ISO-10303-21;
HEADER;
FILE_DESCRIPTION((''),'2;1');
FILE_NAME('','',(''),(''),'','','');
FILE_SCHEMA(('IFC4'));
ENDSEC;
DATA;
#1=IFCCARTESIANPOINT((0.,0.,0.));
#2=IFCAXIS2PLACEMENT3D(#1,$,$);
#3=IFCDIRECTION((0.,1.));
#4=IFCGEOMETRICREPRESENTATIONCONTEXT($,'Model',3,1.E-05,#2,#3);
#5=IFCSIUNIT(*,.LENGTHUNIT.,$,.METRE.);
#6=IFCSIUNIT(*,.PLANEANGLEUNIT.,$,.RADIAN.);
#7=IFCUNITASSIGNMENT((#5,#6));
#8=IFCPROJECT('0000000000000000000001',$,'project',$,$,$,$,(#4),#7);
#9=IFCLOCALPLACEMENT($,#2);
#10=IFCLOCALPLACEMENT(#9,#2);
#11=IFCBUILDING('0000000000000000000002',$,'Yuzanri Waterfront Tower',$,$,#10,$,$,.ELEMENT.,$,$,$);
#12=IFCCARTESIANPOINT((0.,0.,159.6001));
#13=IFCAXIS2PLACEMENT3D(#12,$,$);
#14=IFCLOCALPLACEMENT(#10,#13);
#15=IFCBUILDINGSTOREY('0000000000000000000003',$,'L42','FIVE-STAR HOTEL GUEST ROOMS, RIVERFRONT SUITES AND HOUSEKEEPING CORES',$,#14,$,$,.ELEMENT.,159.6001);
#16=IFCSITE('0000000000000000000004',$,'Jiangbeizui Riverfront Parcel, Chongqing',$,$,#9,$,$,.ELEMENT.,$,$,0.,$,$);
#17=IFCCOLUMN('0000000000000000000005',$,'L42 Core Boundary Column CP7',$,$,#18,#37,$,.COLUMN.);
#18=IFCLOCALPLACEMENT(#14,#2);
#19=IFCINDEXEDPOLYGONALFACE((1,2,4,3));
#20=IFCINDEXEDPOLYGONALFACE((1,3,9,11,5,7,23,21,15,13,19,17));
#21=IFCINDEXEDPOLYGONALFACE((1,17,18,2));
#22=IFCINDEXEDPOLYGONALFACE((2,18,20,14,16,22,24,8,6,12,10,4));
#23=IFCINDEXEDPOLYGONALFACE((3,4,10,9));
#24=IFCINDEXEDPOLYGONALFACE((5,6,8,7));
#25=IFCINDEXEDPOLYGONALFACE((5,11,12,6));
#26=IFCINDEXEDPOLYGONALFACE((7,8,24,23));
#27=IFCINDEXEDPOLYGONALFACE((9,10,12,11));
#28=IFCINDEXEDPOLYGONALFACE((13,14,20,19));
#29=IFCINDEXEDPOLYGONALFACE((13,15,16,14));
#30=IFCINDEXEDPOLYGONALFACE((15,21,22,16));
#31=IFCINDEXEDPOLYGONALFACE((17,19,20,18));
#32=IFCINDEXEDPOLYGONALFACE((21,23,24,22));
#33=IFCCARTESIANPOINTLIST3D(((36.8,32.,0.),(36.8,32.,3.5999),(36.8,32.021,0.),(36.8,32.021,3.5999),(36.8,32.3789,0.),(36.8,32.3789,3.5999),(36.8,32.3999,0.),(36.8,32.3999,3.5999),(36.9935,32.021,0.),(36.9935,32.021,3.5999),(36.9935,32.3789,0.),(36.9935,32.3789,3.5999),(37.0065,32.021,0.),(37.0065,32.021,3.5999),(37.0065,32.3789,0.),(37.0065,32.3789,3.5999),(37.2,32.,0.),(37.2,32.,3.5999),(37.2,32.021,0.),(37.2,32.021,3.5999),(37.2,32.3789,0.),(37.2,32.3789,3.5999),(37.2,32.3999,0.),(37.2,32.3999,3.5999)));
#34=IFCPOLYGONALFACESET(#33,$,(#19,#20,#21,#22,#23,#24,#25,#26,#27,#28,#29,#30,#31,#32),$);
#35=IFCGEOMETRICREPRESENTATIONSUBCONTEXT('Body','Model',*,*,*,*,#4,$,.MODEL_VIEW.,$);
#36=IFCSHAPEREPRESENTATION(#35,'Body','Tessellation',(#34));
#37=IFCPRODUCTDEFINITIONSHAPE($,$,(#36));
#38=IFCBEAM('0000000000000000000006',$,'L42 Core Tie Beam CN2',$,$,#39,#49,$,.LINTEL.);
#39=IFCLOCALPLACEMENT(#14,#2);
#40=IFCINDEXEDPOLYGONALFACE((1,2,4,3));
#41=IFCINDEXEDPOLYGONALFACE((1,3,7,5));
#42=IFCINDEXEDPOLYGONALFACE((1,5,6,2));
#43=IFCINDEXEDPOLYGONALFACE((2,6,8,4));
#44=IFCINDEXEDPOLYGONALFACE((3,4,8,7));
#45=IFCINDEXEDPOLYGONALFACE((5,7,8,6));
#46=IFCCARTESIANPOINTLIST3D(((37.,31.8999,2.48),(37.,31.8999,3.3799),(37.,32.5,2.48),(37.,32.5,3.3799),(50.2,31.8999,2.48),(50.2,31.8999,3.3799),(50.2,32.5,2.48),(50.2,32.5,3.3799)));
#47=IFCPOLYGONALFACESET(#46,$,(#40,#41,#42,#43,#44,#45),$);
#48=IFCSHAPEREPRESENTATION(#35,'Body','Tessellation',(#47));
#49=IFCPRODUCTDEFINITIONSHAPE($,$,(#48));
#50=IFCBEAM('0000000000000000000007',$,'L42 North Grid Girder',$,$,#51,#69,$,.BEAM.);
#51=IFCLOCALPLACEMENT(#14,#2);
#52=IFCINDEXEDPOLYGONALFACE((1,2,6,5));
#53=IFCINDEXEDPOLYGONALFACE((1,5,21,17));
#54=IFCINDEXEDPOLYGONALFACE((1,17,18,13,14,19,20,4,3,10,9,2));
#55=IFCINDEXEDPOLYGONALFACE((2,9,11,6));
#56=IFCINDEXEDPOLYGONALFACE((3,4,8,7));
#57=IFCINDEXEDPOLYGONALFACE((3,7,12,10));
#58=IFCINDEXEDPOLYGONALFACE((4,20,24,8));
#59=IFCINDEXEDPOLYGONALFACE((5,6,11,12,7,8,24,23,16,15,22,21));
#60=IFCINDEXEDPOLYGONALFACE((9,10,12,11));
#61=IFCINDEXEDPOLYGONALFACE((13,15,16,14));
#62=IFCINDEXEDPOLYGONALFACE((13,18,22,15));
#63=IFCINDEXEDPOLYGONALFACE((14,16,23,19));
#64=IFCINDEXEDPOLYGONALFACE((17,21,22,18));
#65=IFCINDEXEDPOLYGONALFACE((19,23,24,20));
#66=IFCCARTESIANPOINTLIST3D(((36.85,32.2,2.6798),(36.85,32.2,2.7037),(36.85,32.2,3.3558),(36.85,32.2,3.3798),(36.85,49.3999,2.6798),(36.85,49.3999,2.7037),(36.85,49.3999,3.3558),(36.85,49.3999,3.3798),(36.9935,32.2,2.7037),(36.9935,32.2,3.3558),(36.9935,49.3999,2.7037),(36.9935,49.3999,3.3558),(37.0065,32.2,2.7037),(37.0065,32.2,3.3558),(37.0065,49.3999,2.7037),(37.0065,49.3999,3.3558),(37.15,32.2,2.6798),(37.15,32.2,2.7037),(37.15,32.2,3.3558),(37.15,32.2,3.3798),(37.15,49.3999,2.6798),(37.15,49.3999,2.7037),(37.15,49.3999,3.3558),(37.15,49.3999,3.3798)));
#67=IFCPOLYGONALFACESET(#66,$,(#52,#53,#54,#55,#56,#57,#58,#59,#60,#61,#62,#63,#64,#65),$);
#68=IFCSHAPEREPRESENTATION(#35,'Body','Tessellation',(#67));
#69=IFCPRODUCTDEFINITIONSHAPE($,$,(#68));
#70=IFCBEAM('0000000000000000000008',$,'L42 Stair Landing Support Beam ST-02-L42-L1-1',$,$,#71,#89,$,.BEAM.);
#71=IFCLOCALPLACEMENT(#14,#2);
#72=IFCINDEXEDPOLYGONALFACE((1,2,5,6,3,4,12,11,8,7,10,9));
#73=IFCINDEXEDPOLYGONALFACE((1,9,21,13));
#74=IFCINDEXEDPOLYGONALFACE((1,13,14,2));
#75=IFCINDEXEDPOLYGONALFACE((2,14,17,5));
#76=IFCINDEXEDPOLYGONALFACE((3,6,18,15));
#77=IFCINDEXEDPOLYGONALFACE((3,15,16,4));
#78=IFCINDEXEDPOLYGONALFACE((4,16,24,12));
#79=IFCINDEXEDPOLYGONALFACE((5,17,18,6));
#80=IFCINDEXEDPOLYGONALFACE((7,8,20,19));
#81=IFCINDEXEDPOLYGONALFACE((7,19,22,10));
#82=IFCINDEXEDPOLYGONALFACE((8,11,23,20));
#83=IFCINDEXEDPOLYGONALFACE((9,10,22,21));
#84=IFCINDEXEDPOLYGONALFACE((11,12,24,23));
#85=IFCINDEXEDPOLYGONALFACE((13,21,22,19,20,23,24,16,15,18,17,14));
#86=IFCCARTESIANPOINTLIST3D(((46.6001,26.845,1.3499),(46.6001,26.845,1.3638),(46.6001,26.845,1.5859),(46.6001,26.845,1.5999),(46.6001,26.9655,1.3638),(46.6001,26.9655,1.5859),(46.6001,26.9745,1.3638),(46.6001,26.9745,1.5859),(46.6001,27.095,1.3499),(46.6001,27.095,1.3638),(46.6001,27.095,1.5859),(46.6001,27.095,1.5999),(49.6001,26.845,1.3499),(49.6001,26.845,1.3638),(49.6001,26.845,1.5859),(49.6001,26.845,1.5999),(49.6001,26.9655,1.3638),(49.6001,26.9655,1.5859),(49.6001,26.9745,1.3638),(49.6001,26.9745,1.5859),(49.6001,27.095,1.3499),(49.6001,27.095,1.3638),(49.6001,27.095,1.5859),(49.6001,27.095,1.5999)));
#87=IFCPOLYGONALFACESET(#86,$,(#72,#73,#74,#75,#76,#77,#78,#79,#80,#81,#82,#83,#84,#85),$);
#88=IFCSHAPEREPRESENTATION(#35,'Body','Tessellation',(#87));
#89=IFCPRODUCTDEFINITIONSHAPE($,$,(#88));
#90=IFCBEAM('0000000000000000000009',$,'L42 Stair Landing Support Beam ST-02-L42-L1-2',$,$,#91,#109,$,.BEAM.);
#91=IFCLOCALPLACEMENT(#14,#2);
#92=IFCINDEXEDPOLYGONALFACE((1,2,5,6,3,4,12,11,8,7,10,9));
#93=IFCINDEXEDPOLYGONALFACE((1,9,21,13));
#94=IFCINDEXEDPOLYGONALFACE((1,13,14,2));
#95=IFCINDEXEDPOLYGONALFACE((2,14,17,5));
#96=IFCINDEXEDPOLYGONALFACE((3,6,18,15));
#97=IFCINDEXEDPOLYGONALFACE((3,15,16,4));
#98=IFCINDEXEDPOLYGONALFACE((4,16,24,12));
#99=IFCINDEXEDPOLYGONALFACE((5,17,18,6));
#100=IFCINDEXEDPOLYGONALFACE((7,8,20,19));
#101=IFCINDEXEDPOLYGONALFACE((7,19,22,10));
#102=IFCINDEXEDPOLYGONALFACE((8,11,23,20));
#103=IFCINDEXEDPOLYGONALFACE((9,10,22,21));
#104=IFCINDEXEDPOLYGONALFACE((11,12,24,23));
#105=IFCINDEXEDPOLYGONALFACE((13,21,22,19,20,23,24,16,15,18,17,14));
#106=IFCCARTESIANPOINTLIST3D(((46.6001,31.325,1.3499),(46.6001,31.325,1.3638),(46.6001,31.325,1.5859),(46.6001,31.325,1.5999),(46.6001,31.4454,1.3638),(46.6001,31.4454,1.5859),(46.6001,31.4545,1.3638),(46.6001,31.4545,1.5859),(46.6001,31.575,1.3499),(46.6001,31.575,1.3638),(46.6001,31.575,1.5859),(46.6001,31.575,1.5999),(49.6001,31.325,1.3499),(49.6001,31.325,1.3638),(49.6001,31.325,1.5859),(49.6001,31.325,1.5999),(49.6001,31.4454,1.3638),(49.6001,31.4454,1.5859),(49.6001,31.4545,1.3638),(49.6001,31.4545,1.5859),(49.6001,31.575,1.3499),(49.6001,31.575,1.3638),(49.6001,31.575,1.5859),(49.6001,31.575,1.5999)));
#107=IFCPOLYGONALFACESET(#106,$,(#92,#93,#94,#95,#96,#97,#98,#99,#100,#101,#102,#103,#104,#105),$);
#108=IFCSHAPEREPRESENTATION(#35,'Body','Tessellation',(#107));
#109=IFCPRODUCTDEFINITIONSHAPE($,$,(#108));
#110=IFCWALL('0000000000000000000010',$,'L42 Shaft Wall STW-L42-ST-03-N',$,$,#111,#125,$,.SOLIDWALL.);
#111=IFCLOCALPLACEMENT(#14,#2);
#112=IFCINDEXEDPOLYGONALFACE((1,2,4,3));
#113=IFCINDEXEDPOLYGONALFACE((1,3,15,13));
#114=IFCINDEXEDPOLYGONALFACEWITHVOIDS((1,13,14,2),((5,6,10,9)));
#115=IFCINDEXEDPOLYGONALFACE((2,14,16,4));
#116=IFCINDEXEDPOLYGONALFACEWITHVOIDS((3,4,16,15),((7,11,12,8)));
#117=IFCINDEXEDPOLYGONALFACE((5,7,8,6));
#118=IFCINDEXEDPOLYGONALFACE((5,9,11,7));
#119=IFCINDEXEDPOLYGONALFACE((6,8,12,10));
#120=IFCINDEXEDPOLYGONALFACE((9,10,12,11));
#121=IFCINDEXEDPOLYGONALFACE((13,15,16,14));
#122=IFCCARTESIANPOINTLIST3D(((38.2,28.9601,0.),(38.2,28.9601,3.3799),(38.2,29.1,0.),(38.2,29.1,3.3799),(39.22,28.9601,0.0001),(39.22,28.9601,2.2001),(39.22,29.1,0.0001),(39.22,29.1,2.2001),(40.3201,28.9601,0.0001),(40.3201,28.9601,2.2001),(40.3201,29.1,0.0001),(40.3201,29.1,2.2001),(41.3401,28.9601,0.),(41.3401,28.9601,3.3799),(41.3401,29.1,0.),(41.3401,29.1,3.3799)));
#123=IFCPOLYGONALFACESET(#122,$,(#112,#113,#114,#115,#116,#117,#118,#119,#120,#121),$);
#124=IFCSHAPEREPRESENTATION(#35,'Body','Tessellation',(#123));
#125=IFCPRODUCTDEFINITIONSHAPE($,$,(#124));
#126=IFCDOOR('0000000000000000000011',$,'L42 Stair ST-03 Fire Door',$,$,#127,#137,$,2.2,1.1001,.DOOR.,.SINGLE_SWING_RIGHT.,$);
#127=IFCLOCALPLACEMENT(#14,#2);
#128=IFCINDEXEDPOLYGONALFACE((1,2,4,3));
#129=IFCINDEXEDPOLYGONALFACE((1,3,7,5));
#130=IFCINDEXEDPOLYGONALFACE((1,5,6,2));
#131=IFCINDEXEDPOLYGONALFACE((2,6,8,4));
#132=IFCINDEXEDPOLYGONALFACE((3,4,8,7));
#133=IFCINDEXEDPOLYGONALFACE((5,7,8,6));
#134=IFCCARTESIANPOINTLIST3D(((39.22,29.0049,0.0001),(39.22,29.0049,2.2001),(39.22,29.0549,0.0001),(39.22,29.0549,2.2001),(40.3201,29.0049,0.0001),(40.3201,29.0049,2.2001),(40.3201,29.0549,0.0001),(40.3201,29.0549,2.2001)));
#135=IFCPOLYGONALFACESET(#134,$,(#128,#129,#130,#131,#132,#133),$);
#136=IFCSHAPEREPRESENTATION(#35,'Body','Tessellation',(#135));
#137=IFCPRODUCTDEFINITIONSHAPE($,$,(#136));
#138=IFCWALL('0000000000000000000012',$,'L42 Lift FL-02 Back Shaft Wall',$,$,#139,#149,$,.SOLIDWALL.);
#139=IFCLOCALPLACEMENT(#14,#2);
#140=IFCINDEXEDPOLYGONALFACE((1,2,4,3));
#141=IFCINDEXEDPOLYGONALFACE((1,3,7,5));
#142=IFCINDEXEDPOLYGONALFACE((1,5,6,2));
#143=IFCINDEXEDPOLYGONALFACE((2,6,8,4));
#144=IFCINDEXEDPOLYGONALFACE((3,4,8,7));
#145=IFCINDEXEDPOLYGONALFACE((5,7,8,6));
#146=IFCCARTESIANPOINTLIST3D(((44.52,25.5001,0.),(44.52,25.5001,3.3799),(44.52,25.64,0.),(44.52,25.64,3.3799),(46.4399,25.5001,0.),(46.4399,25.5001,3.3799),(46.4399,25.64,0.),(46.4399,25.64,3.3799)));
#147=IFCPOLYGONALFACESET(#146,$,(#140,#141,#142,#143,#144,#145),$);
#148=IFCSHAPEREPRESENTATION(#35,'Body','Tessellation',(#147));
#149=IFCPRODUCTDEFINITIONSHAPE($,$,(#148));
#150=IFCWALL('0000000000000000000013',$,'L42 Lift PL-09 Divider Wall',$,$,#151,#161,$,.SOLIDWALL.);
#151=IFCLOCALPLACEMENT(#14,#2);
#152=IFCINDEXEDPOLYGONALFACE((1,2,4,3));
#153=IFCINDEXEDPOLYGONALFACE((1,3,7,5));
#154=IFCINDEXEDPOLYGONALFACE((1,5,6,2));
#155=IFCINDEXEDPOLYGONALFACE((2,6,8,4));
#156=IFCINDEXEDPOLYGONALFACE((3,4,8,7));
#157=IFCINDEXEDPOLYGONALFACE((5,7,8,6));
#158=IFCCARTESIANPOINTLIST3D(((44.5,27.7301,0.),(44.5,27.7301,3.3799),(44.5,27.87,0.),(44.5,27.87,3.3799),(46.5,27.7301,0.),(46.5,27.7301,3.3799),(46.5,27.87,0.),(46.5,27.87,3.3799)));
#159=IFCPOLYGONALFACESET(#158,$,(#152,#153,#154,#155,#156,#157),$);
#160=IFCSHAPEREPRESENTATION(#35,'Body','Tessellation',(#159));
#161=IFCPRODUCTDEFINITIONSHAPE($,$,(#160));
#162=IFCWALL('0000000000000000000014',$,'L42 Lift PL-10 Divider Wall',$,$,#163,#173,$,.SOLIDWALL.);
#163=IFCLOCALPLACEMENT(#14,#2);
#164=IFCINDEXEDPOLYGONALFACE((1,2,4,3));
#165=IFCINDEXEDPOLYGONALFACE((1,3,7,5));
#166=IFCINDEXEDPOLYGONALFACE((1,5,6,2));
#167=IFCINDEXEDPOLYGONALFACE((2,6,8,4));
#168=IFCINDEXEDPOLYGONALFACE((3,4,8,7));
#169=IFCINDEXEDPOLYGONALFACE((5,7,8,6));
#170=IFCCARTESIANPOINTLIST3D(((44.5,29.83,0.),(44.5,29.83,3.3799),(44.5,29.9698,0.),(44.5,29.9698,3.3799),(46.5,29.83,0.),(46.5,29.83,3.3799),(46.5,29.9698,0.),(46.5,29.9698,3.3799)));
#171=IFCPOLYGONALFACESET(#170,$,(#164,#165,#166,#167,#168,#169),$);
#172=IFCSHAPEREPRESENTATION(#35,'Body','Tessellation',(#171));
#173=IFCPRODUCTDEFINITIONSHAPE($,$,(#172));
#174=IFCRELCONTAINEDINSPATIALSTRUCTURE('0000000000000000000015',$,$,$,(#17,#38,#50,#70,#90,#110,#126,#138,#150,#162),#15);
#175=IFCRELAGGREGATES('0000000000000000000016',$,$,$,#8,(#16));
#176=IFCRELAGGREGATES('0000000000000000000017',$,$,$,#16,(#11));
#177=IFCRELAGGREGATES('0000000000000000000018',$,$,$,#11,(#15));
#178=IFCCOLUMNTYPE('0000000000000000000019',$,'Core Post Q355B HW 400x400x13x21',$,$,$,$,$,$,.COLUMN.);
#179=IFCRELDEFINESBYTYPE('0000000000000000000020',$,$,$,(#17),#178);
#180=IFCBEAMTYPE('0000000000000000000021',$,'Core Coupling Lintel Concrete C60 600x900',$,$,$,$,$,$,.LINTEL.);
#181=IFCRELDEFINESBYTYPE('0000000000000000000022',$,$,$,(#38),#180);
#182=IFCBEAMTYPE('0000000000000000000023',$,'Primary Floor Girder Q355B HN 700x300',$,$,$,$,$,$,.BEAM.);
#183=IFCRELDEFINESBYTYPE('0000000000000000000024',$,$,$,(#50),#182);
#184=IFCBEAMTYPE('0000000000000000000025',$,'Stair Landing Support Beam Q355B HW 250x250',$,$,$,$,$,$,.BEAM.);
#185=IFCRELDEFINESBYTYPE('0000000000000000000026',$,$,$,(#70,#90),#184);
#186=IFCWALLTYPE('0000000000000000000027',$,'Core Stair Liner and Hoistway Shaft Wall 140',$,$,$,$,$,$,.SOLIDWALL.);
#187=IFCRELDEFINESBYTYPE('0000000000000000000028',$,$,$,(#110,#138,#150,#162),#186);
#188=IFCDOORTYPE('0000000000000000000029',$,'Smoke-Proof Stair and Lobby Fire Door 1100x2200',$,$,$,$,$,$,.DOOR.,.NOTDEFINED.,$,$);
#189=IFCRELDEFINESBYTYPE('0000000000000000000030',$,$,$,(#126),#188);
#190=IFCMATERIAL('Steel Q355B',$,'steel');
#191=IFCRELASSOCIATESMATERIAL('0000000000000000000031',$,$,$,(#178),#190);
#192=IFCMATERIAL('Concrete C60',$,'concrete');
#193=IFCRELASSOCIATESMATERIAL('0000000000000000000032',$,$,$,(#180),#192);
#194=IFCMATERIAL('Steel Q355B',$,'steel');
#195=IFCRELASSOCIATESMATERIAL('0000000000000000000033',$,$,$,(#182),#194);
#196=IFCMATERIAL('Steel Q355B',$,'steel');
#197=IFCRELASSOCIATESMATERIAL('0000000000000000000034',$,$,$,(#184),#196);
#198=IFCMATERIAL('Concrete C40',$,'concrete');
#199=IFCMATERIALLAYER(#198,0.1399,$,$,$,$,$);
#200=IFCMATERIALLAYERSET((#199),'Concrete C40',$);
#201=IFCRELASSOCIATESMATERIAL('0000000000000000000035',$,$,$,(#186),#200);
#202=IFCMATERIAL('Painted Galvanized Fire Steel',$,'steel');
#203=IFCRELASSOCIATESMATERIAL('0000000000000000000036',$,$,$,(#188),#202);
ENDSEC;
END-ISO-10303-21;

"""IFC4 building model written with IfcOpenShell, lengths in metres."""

from ifc_helpers import new_model, si_unit, direction, frame, frame_2d, origin, origin_2d, place, context, subcontext, project, spatial, rectangle, i_section, extrude, source, transform, mapped, material, layer, layer_set, material_profile, profile_set, type_object, element, fill, save


model = new_model("IFC4")

# Units and contexts
model_context = context("Model", 3, precision=1e-05, world=origin(), true_north=direction((0.0, 1.0)))
body_context = subcontext(model_context, "Body", "Model", "MODEL_VIEW")
ifc_project = project(units=[si_unit("LENGTHUNIT", "METRE"), si_unit("PLANEANGLEUNIT", "RADIAN")], contexts=[model_context])

# Site, building, storey
site_placement = place(None, origin())
site = spatial("IfcSite", under=ifc_project, at=site_placement, Name="Jiangbeizui Riverfront Parcel, Chongqing", CompositionType="ELEMENT", RefElevation=0.0)
building_placement = place(site_placement, origin())
building = spatial("IfcBuilding", under=site, at=building_placement, Name="Yuzanri Waterfront Tower", CompositionType="ELEMENT")
storey_placement = place(building_placement, frame((0.0, 0.0, 159.6001)))
storey = spatial("IfcBuildingStorey", under=building, at=storey_placement, Name="L42", Description="FIVE-STAR HOTEL GUEST ROOMS, RIVERFRONT SUITES AND HOUSEKEEPING CORES", CompositionType="ELEMENT", Elevation=159.6001)

# Column
ifc_material_1 = material(Name="Steel Q355B", Category="steel")
ifc_material_profile_1 = material_profile(ifc_material_1, i_section(OverallWidth=0.3999, OverallDepth=0.3999, WebThickness=0.0129, FlangeThickness=0.021, at=origin_2d()), Name="HW 400x400x13x21")
ifc_profile_set_1 = profile_set([ifc_material_profile_1], Name="Steel Q355B")
column_type = type_object("IfcColumnType", Name="Core Post Q355B HW 400x400x13x21", PredefinedType="COLUMN", material=ifc_profile_set_1)
shared_shape_1 = source(origin(), body_context, "Body", "SweptSolid", [
    extrude(i_section(OverallWidth=0.3999, OverallDepth=0.3999, WebThickness=0.0129, FlangeThickness=0.021, at=origin_2d()), origin(), (0.0, 0.0, 1.0), 3.5999),
])
column_placement = place(storey_placement, frame((37.0, 32.2, 0.0), z_axis=(0.0, 0.0, 1.0), x_axis=(1.0, 0.0, 0.0)))
element("IfcColumn", 1, at=column_placement, inside=storey, type_object=column_type, Name="L42 Core Boundary Column CP7", PredefinedType="COLUMN", context=body_context, shape_type="MappedRepresentation", body=[
    mapped(shared_shape_1, transform((0.0, 0.0, 0.0), scale=1.0)),
])

# Beams
ifc_material_2 = material(Name="Concrete C60", Category="concrete")
ifc_material_profile_2 = material_profile(ifc_material_2, rectangle(XDim=0.6001, YDim=0.8999, at=origin_2d()), Name="RC 600x900")
ifc_profile_set_2 = profile_set([ifc_material_profile_2], Name="Concrete C60")
beam_type_1 = type_object("IfcBeamType", Name="Core Coupling Lintel Concrete C60 600x900", PredefinedType="LINTEL", material=ifc_profile_set_2)
shared_shape_2 = source(origin(), body_context, "Body", "SweptSolid", [
    extrude(rectangle(XDim=0.6001, YDim=0.8999, at=origin_2d()), origin(), (0.0, 0.0, 1.0), 13.2),
])
beam_1_placement = place(storey_placement, frame((37.0, 32.2, 2.9299), z_axis=(1.0, 0.0, 0.0), x_axis=(0.0, 1.0, 0.0)))
element("IfcBeam", 2, at=beam_1_placement, inside=storey, type_object=beam_type_1, Name="L42 Core Tie Beam CN2", PredefinedType="LINTEL", context=body_context, shape_type="MappedRepresentation", body=[
    mapped(shared_shape_2, transform((0.0, 0.0, 0.0), scale=1.0)),
])
ifc_material_3 = material(Name="Steel Q355B", Category="steel")
ifc_material_profile_3 = material_profile(ifc_material_3, i_section(OverallWidth=0.3, OverallDepth=0.7, WebThickness=0.0129, FlangeThickness=0.0239, at=origin_2d()), Name="HN 700x300x13x24")
ifc_profile_set_3 = profile_set([ifc_material_profile_3], Name="Steel Q355B")
beam_type_2 = type_object("IfcBeamType", Name="Primary Floor Girder Q355B HN 700x300", PredefinedType="BEAM", material=ifc_profile_set_3)
shared_shape_3 = source(origin(), body_context, "Body", "SweptSolid", [
    extrude(i_section(OverallWidth=0.3, OverallDepth=0.7, WebThickness=0.0129, FlangeThickness=0.0239, at=origin_2d()), origin(), (0.0, 0.0, 1.0), 17.2),
])
beam_2_placement = place(storey_placement, frame((37.0, 32.2, 3.0298), z_axis=(0.0, 1.0, 0.0), x_axis=(-1.0, 0.0, 0.0)))
element("IfcBeam", 3, at=beam_2_placement, inside=storey, type_object=beam_type_2, Name="L42 North Grid Girder", PredefinedType="BEAM", context=body_context, shape_type="MappedRepresentation", body=[
    mapped(shared_shape_3, transform((0.0, 0.0, 0.0), scale=1.0)),
])
ifc_material_4 = material(Name="Steel Q355B", Category="steel")
ifc_material_profile_4 = material_profile(ifc_material_4, i_section(OverallWidth=0.25, OverallDepth=0.25, WebThickness=0.009, FlangeThickness=0.0139, at=origin_2d()), Name="HW 250x250x9x14")
ifc_profile_set_4 = profile_set([ifc_material_profile_4], Name="Steel Q355B")
beam_type_3 = type_object("IfcBeamType", Name="Stair Landing Support Beam Q355B HW 250x250", PredefinedType="BEAM", material=ifc_profile_set_4)
shared_shape_4 = source(origin(), body_context, "Body", "SweptSolid", [
    extrude(i_section(OverallWidth=0.25, OverallDepth=0.25, WebThickness=0.009, FlangeThickness=0.0139, at=origin_2d()), origin(), (0.0, 0.0, 1.0), 3.0),
])
for number, where, z_axis, x_axis, name in (
    (4, (46.6001, 26.97, 1.4749), (1.0, 0.0, 0.0), (0.0, 1.0, 0.0), "L42 Stair Landing Support Beam ST-02-L42-L1-1"),
    (5, (46.6001, 31.45, 1.4749), (1.0, 0.0, 0.0), (0.0, 1.0, 0.0), "L42 Stair Landing Support Beam ST-02-L42-L1-2"),
):
    element("IfcBeam", number, at=place(storey_placement, frame(where, z_axis=z_axis, x_axis=x_axis)), inside=storey, type_object=beam_type_3, Name=name, PredefinedType="BEAM", context=body_context, shape_type="MappedRepresentation", body=[
        mapped(shared_shape_4, transform((0.0, 0.0, 0.0), scale=1.0)),
    ])

# Wall, opening, door
ifc_material_5 = material(Name="Concrete C40", Category="concrete")
ifc_layer_1 = layer(ifc_material_5, 0.1399)
ifc_layer_set_1 = layer_set([ifc_layer_1], Name="Concrete C40")
wall_type_1 = type_object("IfcWallType", Name="Core Stair Liner and Hoistway Shaft Wall 140", PredefinedType="SOLIDWALL", material=ifc_layer_set_1)
wall_1_placement = place(storey_placement, frame((38.2, 29.03, 0.0), z_axis=(0.0, 0.0, 1.0), x_axis=(1.0, 0.0, 0.0)))
wall_1 = element("IfcWall", 6, at=wall_1_placement, inside=storey, type_object=wall_type_1, Name="L42 Shaft Wall STW-L42-ST-03-N", PredefinedType="SOLIDWALL", context=body_context, shape_type="SweptSolid", body=[
    extrude(rectangle(XDim=3.1401, YDim=0.1399, at=frame_2d((1.5701, 0.0))), origin(), (0.0, 0.0, 1.0), 3.3799),
])
opening_placement = place(wall_1_placement, frame((1.02, 0.0, 0.0)))
opening = element("IfcOpeningElement", 7, at=opening_placement, cuts=wall_1, PredefinedType="OPENING", context=body_context, shape_type="SweptSolid", body=[
    extrude(rectangle(XDim=1.1001, YDim=2.2, at=frame_2d((0.55, 1.1001))), frame((0.0, 0.085, 0.0), z_axis=(0.0, -1.0, 0.0), x_axis=(1.0, 0.0, 0.0)), (0.0, 0.0, 1.0), 0.1697),
])
ifc_material_6 = material(Name="Painted Galvanized Fire Steel", Category="steel")
door_type = type_object("IfcDoorType", Name="Smoke-Proof Stair and Lobby Fire Door 1100x2200", OperationType="NOTDEFINED", PredefinedType="DOOR", material=ifc_material_6)
shared_shape_5 = source(origin(), body_context, "Body", "SweptSolid", [
    extrude(rectangle(XDim=1.1001, YDim=2.2, at=frame_2d((0.55, 1.1001))), frame((0.0, 0.0249, 0.0), z_axis=(0.0, -1.0, 0.0), x_axis=(1.0, 0.0, 0.0)), (0.0, 0.0, 1.0), 0.05),
])
door_placement = place(opening_placement, origin())
door = element("IfcDoor", 8, at=door_placement, inside=storey, type_object=door_type, Name="L42 Stair ST-03 Fire Door", OperationType="SINGLE_SWING_RIGHT", OverallHeight=2.2, OverallWidth=1.1001, PredefinedType="DOOR", context=body_context, shape_type="MappedRepresentation", body=[
    mapped(shared_shape_5, transform((0.0, 0.0, 0.0), scale=1.0)),
])
fill(opening, door)

# Walls
shared_shape_6 = source(origin(), body_context, "Body", "SweptSolid", [
    extrude(rectangle(XDim=1.9199, YDim=0.1399, at=frame_2d((0.96, 0.0))), origin(), (0.0, 0.0, 1.0), 3.3799),
])
wall_2_placement = place(storey_placement, frame((44.52, 25.5701, 0.0), z_axis=(0.0, 0.0, 1.0), x_axis=(1.0, 0.0, 0.0)))
element("IfcWall", 9, at=wall_2_placement, inside=storey, type_object=wall_type_1, Name="L42 Lift FL-02 Back Shaft Wall", PredefinedType="SOLIDWALL", context=body_context, shape_type="MappedRepresentation", body=[
    mapped(shared_shape_6, transform((0.0, 0.0, 0.0), scale=1.0)),
])
shared_shape_7 = source(origin(), body_context, "Body", "SweptSolid", [
    extrude(rectangle(XDim=2.0, YDim=0.1399, at=frame_2d((1.0, 0.0))), origin(), (0.0, 0.0, 1.0), 3.3799),
])
for number, where, z_axis, x_axis, name in (
    (10, (44.5, 27.8, 0.0), (0.0, 0.0, 1.0), (1.0, 0.0, 0.0), "L42 Lift PL-09 Divider Wall"),
    (11, (44.5, 29.8999, 0.0), (0.0, 0.0, 1.0), (1.0, 0.0, 0.0), "L42 Lift PL-10 Divider Wall"),
):
    element("IfcWall", number, at=place(storey_placement, frame(where, z_axis=z_axis, x_axis=x_axis)), inside=storey, type_object=wall_type_1, Name=name, PredefinedType="SOLIDWALL", context=body_context, shape_type="MappedRepresentation", body=[
        mapped(shared_shape_7, transform((0.0, 0.0, 0.0), scale=1.0)),
    ])

save(model, "model.ifc")
